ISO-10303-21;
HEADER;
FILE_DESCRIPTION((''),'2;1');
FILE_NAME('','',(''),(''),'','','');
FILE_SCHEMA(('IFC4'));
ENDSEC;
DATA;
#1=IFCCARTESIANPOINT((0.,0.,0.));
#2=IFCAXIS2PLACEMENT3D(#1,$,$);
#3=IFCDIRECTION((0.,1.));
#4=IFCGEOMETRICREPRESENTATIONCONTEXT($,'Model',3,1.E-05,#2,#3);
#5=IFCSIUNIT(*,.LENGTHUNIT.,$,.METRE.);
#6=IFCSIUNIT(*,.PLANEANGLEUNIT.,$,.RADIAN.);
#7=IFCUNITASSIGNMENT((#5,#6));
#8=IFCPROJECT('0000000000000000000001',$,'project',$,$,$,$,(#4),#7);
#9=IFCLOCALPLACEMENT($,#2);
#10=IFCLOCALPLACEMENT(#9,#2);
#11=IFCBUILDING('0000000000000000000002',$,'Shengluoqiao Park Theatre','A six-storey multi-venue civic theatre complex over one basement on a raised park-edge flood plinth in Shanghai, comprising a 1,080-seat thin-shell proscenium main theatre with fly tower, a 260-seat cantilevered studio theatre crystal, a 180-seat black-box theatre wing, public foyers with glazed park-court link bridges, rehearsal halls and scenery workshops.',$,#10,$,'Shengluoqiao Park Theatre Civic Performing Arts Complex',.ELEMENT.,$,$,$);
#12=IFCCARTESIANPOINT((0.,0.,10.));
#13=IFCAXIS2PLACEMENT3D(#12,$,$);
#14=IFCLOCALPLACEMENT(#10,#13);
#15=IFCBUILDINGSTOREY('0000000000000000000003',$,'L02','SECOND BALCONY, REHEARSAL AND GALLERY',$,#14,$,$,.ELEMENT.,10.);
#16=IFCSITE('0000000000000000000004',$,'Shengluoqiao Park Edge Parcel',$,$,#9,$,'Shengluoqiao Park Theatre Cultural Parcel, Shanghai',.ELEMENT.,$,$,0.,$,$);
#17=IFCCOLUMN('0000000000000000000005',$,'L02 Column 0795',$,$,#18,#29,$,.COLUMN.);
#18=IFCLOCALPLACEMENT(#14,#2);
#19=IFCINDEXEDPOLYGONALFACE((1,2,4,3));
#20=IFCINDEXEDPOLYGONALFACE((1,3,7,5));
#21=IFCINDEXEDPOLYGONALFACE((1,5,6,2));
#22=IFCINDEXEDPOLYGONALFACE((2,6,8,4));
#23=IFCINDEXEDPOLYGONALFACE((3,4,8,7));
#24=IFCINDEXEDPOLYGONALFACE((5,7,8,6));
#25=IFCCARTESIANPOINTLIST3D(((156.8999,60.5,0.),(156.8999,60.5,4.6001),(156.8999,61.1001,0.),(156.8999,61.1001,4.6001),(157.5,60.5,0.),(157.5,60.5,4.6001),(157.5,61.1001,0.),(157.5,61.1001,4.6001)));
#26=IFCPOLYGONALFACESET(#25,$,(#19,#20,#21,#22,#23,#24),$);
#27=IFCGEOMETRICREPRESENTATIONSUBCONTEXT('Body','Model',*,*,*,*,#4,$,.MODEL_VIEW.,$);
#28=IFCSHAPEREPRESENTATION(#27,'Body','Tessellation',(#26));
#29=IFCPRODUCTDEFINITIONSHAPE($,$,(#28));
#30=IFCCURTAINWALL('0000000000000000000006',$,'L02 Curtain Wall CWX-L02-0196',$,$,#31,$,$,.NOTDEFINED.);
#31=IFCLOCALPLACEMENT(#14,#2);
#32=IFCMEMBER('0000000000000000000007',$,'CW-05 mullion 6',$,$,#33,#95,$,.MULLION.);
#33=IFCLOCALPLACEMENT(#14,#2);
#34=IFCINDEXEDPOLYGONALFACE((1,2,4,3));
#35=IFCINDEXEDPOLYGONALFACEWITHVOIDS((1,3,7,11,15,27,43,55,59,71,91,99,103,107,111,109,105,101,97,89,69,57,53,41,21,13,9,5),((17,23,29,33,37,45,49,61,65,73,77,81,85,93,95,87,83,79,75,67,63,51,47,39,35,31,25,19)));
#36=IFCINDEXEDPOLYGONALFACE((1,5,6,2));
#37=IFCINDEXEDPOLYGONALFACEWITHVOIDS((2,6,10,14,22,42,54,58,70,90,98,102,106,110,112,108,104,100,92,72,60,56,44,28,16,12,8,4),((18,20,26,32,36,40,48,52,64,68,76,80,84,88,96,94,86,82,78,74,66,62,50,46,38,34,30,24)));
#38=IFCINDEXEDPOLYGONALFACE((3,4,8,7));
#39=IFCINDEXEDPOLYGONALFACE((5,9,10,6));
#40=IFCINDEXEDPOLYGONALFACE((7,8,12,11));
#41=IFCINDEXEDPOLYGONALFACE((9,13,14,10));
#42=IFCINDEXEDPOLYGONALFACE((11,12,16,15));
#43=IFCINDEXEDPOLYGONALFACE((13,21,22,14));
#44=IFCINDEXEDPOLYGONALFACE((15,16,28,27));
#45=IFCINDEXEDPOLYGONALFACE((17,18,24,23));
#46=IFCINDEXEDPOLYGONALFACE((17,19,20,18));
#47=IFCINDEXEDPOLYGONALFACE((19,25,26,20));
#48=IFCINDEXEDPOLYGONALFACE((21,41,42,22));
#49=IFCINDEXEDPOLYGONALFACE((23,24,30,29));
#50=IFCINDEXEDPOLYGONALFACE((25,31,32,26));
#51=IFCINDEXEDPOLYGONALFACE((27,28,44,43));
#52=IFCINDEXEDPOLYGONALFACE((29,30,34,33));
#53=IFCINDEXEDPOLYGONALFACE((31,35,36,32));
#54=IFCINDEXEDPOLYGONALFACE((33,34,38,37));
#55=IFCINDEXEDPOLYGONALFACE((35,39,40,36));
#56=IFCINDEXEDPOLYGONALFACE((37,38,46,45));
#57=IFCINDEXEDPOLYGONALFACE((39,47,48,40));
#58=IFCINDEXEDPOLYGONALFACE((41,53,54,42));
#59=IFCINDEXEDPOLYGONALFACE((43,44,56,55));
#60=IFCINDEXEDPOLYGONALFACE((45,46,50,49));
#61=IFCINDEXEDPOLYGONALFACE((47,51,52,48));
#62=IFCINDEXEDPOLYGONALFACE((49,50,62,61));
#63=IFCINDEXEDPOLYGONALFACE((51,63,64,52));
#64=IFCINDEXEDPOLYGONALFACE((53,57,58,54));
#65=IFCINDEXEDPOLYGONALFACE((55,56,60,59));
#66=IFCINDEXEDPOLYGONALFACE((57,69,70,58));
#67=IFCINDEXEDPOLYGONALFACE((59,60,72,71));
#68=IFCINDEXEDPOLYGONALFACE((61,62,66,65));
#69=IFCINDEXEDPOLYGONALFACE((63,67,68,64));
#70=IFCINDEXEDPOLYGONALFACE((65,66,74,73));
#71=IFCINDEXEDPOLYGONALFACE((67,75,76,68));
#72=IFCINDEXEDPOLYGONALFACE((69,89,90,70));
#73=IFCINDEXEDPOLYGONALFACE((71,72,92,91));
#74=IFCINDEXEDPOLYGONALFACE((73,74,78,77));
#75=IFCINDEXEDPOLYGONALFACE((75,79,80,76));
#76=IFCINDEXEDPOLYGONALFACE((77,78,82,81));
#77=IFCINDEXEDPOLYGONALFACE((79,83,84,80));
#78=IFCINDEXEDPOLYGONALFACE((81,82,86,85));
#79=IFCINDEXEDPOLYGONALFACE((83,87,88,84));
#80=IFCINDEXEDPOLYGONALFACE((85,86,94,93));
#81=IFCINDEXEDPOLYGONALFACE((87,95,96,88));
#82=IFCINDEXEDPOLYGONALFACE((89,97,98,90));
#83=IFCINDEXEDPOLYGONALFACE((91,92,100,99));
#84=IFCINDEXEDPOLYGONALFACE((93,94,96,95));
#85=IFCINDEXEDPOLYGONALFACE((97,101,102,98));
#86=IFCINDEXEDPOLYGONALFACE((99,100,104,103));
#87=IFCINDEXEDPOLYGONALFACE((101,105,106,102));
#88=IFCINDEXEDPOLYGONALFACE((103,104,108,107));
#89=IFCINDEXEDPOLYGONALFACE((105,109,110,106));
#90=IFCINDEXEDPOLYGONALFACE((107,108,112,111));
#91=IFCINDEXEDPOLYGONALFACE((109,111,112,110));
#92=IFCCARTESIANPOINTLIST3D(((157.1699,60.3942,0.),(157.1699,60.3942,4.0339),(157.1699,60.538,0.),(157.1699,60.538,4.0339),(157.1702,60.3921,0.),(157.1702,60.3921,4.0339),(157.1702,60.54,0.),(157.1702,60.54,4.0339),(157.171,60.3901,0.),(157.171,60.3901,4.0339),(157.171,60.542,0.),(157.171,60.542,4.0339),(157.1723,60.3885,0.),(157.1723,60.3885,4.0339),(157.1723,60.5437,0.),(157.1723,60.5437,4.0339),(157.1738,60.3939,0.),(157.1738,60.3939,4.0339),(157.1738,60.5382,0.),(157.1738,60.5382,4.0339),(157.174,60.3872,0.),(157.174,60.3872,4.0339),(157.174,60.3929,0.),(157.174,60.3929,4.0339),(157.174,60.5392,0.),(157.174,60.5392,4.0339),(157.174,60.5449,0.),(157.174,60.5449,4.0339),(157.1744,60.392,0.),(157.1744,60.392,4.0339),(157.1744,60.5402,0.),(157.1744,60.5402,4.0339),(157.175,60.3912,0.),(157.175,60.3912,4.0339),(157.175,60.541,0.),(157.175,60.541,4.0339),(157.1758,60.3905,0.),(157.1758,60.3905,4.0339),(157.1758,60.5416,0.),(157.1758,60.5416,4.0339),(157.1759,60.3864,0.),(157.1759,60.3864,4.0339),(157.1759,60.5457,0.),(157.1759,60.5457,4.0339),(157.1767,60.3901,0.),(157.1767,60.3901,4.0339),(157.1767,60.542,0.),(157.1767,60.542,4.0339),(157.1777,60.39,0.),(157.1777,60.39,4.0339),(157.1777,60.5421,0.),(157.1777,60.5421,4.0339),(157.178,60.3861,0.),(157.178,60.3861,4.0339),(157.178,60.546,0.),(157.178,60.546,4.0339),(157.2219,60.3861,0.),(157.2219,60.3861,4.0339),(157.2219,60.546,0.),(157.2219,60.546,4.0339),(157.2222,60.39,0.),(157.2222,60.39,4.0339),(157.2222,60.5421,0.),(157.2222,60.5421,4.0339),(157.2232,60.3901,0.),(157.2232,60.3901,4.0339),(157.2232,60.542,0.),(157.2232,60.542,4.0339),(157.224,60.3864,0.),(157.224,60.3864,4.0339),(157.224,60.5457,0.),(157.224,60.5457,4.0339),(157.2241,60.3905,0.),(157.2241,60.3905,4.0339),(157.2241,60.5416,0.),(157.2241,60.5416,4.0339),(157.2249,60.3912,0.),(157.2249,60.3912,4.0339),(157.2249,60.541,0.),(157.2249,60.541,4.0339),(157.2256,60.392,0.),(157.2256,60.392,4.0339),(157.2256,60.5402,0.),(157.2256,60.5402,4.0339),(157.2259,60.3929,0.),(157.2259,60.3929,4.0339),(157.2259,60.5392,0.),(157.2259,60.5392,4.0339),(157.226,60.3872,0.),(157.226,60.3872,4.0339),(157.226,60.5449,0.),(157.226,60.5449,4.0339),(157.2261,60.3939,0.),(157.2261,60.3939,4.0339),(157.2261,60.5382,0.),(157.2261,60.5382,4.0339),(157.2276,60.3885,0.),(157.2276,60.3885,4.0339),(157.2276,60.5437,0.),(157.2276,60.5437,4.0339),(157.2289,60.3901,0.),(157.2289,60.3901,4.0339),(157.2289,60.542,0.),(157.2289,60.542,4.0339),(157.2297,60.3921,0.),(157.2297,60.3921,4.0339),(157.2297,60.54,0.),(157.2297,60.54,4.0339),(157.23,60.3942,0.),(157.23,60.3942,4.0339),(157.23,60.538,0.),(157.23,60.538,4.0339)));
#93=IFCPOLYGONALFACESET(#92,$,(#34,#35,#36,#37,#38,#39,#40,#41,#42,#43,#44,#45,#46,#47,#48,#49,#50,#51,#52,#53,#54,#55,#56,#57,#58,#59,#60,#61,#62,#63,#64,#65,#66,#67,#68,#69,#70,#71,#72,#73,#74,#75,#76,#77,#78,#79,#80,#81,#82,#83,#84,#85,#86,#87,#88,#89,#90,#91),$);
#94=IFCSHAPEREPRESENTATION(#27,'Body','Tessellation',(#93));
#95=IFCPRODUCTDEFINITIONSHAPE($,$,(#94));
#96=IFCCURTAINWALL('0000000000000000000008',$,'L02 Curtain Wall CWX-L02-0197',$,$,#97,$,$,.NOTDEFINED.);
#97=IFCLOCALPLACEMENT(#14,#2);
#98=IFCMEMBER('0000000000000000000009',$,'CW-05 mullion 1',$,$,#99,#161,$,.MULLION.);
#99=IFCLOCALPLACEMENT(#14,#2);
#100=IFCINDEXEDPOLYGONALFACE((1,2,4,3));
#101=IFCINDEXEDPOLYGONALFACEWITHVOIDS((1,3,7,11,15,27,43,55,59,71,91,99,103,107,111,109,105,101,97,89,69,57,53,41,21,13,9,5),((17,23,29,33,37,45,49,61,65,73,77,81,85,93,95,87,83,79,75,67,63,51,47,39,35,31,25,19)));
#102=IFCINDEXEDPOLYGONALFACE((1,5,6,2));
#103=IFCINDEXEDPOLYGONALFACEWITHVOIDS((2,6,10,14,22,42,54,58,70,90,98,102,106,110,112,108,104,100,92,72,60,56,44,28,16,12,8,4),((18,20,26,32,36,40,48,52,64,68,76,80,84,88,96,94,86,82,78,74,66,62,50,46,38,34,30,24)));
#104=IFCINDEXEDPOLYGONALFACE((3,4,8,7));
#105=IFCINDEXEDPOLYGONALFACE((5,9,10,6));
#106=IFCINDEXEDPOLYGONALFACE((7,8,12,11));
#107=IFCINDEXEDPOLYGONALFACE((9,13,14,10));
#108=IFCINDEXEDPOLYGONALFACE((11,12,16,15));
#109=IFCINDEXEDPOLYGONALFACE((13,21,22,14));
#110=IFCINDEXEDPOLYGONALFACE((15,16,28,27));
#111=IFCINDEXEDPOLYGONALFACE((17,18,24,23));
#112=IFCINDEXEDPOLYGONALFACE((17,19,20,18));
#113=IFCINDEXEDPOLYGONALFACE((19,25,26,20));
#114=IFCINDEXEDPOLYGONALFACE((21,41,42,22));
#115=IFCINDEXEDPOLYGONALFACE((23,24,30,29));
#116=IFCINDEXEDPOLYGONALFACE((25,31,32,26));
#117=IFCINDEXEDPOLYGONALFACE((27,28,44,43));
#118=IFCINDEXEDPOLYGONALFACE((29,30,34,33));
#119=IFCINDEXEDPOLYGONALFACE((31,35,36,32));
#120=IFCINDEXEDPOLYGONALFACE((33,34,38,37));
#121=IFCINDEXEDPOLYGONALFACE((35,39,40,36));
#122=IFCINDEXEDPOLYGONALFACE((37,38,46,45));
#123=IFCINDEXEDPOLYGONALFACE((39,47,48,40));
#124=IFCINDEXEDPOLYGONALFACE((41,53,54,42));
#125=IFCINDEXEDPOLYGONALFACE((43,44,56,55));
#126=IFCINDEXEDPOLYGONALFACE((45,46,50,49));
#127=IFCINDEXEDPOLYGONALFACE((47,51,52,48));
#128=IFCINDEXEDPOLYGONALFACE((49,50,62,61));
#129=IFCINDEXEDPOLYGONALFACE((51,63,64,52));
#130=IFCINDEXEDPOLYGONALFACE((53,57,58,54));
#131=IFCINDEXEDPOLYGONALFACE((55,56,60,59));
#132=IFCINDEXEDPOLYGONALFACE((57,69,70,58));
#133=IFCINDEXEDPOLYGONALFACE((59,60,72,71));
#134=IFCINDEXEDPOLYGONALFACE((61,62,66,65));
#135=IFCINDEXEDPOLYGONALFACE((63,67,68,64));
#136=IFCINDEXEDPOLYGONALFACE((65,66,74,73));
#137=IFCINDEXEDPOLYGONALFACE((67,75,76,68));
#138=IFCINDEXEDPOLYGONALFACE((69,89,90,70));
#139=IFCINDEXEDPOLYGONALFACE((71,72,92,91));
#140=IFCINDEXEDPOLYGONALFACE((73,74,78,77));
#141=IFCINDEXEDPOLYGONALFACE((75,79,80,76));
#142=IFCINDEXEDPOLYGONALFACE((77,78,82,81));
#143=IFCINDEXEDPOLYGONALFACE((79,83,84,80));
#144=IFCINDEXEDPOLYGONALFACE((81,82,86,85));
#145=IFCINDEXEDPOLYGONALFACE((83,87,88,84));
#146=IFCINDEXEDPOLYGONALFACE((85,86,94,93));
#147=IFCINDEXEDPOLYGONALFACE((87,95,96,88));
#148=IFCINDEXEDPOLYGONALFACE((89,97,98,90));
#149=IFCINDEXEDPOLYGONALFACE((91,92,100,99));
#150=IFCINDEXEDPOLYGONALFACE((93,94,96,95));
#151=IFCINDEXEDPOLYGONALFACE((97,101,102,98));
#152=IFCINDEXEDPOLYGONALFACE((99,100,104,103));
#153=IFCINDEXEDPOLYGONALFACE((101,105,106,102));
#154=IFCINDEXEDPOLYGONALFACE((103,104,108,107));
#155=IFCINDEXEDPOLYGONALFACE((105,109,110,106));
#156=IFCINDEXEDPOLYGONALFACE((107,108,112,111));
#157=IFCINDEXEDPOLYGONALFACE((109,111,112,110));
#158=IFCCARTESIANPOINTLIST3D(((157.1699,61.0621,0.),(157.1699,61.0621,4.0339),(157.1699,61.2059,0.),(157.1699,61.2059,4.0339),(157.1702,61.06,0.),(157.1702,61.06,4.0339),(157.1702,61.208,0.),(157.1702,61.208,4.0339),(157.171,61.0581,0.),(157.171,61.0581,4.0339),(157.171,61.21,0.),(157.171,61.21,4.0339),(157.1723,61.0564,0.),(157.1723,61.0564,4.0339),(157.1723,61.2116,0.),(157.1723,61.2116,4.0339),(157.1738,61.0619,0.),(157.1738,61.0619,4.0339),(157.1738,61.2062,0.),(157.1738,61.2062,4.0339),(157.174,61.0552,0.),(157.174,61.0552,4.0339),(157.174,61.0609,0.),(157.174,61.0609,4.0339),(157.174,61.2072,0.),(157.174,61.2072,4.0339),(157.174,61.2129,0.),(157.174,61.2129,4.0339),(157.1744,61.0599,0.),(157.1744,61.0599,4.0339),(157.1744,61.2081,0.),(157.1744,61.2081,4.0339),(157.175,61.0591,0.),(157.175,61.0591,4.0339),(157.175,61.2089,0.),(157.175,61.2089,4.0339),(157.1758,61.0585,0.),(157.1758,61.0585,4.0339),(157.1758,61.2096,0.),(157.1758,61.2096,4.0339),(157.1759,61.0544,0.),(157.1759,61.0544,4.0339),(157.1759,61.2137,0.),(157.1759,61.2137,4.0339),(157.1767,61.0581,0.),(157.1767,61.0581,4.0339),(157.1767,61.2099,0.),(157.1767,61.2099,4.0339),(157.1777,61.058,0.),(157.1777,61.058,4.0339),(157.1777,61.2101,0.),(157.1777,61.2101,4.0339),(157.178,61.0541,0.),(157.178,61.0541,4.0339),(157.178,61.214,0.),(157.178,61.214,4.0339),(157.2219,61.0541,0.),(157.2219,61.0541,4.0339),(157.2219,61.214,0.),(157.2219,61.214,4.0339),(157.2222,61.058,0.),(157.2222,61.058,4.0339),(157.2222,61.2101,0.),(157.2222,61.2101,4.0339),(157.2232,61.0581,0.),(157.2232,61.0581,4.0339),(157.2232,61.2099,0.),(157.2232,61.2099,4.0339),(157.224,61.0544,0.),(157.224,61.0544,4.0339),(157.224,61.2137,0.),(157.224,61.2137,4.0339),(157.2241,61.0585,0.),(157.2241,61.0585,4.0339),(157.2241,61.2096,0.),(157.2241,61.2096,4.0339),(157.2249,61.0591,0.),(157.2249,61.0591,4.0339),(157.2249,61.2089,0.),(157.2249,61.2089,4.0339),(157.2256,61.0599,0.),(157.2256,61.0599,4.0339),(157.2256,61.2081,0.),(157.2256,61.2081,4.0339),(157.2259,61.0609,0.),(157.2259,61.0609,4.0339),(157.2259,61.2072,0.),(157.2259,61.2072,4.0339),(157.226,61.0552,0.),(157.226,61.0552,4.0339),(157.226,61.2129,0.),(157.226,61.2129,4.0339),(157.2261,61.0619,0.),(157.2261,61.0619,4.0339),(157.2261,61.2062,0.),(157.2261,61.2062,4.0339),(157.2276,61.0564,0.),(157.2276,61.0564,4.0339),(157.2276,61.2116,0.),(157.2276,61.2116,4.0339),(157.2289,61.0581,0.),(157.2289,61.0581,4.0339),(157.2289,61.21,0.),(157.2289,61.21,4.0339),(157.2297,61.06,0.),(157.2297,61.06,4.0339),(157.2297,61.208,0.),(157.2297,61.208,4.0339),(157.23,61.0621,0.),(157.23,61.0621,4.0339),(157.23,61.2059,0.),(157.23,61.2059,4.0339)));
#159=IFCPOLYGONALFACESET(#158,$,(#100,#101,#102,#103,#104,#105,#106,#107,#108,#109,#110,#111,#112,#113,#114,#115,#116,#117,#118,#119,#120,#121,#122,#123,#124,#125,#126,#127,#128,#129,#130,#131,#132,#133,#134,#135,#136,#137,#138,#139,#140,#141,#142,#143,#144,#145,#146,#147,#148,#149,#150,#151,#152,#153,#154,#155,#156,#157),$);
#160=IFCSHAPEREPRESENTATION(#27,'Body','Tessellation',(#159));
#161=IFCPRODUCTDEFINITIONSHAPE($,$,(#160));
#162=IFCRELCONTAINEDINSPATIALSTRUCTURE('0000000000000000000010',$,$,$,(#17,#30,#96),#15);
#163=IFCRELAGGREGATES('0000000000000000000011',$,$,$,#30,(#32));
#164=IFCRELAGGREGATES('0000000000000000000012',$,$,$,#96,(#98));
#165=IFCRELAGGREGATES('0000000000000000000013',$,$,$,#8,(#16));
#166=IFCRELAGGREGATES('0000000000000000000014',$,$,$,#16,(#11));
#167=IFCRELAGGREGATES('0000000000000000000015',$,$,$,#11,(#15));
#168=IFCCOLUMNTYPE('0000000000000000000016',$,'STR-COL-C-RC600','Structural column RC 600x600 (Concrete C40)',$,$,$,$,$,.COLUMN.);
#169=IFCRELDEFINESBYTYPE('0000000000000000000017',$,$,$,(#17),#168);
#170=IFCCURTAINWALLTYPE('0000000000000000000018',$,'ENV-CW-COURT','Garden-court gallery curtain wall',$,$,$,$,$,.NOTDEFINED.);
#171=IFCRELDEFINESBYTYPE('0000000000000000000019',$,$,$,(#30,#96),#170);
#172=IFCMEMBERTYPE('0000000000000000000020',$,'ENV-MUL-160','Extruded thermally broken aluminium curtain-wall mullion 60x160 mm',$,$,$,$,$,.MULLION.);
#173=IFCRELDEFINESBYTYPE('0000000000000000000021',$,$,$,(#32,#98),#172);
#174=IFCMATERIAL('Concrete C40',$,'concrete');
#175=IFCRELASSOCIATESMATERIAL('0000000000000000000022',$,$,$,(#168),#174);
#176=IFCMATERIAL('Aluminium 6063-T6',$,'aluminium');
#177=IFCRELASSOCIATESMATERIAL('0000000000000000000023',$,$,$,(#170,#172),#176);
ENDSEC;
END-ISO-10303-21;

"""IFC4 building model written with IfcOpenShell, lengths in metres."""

from ifc_helpers import new_model, si_unit, direction, frame, origin, origin_2d, place, context, subcontext, project, spatial, rectangle, hollow_rectangle, extrude, material, material_profile, profile_set, type_object, element, aggregate, save


model = new_model("IFC4")

# Units and contexts
model_context = context("Model", 3, precision=1e-05, world=origin(), true_north=direction((0.0, 1.0)))
body_context = subcontext(model_context, "Body", "Model", "MODEL_VIEW")
ifc_project = project(units=[si_unit("LENGTHUNIT", "METRE"), si_unit("PLANEANGLEUNIT", "RADIAN")], contexts=[model_context])

# Site, building, storey
site_placement = place(None, origin())
site = spatial("IfcSite", under=ifc_project, at=site_placement, Name="Shengluoqiao Park Edge Parcel", LongName="Shengluoqiao Park Theatre Cultural Parcel, Shanghai", CompositionType="ELEMENT", RefElevation=0.0)
building_placement = place(site_placement, origin())
building = spatial("IfcBuilding", under=site, at=building_placement, Name="Shengluoqiao Park Theatre", Description="A six-storey multi-venue civic theatre complex over one basement on a raised park-edge flood plinth in Shanghai, comprising a 1,080-seat thin-shell proscenium main theatre with fly tower, a 260-seat cantilevered studio theatre crystal, a 180-seat black-box theatre wing, public foyers with glazed park-court link bridges, rehearsal halls and scenery workshops.", LongName="Shengluoqiao Park Theatre Civic Performing Arts Complex", CompositionType="ELEMENT")
storey_placement = place(building_placement, frame((0.0, 0.0, 10.0)))
storey = spatial("IfcBuildingStorey", under=building, at=storey_placement, Name="L02", Description="SECOND BALCONY, REHEARSAL AND GALLERY", CompositionType="ELEMENT", Elevation=10.0)

# Column
ifc_material_1 = material(Name="Concrete C40", Category="concrete")
ifc_material_profile_1 = material_profile(ifc_material_1, rectangle(XDim=0.6001, YDim=0.6001, at=origin_2d()), Name="RC 600x600")
ifc_profile_set_1 = profile_set([ifc_material_profile_1], Name="Concrete C40")
column_type = type_object("IfcColumnType", Name="STR-COL-C-RC600", Description="Structural column RC 600x600 (Concrete C40)", PredefinedType="COLUMN", material=ifc_profile_set_1)
column_placement = place(storey_placement, frame((157.2, 60.8, 0.0), z_axis=(0.0, 0.0, 1.0), x_axis=(1.0, 0.0, 0.0)))
element("IfcColumn", 1, at=column_placement, inside=storey, type_object=column_type, Name="L02 Column 0795", PredefinedType="COLUMN", context=body_context, shape_type="SweptSolid", body=[
    extrude(rectangle(XDim=0.6001, YDim=0.6001, at=origin_2d()), origin(), (0.0, 0.0, 1.0), 4.6001),
])

# Curtain wall, member
ifc_material_2 = material(Name="Aluminium 6063-T6", Category="aluminium")
curtain_wall_type = type_object("IfcCurtainWallType", Name="ENV-CW-COURT", Description="Garden-court gallery curtain wall", PredefinedType="NOTDEFINED", material=ifc_material_2)
curtain_wall_1_placement = place(storey_placement, origin())
curtain_wall_1 = element("IfcCurtainWall", 2, at=curtain_wall_1_placement, inside=storey, type_object=curtain_wall_type, Name="L02 Curtain Wall CWX-L02-0196", PredefinedType="NOTDEFINED")
ifc_material_profile_2 = material_profile(ifc_material_2, hollow_rectangle(XDim=0.0601, YDim=0.1599, WallThickness=0.0039, InnerFilletRadius=0.0039, OuterFilletRadius=0.0081, at=origin_2d()), Name="ALU MULLION 160x60x4")
ifc_profile_set_2 = profile_set([ifc_material_profile_2], Name="Aluminium 6063-T6")
member_type_1 = type_object("IfcMemberType", Name="ENV-MUL-160", Description="Extruded thermally broken aluminium curtain-wall mullion 60x160 mm", PredefinedType="MULLION", material=ifc_profile_set_2)
member_1_placement = place(storey_placement, frame((157.2, 60.4661, 0.0), z_axis=(0.0, 0.0, 1.0), x_axis=(-1.0, 0.0, 0.0)))
member_1 = element("IfcMember", 3, at=member_1_placement, type_object=member_type_1, Name="CW-05 mullion 6", PredefinedType="MULLION", context=body_context, shape_type="SweptSolid", body=[
    extrude(hollow_rectangle(XDim=0.0601, YDim=0.1599, WallThickness=0.0039, InnerFilletRadius=0.0039, OuterFilletRadius=0.0081, at=origin_2d()), origin(), (0.0, 0.0, 1.0), 4.0339),
])

# Curtain wall, member
curtain_wall_2_placement = place(storey_placement, origin())
curtain_wall_2 = element("IfcCurtainWall", 4, at=curtain_wall_2_placement, inside=storey, type_object=curtain_wall_type, Name="L02 Curtain Wall CWX-L02-0197", PredefinedType="NOTDEFINED")
member_2_placement = place(storey_placement, frame((157.2, 61.134, 0.0), z_axis=(0.0, 0.0, 1.0), x_axis=(-1.0, 0.0, 0.0)))
member_2 = element("IfcMember", 5, at=member_2_placement, type_object=member_type_1, Name="CW-05 mullion 1", PredefinedType="MULLION", context=body_context, shape_type="SweptSolid", body=[
    extrude(hollow_rectangle(XDim=0.0601, YDim=0.1599, WallThickness=0.0039, InnerFilletRadius=0.0039, OuterFilletRadius=0.0081, at=origin_2d()), origin(), (0.0, 0.0, 1.0), 4.0339),
])

aggregate(curtain_wall_1, [member_1])
aggregate(curtain_wall_2, [member_2])

save(model, "model.ifc")
